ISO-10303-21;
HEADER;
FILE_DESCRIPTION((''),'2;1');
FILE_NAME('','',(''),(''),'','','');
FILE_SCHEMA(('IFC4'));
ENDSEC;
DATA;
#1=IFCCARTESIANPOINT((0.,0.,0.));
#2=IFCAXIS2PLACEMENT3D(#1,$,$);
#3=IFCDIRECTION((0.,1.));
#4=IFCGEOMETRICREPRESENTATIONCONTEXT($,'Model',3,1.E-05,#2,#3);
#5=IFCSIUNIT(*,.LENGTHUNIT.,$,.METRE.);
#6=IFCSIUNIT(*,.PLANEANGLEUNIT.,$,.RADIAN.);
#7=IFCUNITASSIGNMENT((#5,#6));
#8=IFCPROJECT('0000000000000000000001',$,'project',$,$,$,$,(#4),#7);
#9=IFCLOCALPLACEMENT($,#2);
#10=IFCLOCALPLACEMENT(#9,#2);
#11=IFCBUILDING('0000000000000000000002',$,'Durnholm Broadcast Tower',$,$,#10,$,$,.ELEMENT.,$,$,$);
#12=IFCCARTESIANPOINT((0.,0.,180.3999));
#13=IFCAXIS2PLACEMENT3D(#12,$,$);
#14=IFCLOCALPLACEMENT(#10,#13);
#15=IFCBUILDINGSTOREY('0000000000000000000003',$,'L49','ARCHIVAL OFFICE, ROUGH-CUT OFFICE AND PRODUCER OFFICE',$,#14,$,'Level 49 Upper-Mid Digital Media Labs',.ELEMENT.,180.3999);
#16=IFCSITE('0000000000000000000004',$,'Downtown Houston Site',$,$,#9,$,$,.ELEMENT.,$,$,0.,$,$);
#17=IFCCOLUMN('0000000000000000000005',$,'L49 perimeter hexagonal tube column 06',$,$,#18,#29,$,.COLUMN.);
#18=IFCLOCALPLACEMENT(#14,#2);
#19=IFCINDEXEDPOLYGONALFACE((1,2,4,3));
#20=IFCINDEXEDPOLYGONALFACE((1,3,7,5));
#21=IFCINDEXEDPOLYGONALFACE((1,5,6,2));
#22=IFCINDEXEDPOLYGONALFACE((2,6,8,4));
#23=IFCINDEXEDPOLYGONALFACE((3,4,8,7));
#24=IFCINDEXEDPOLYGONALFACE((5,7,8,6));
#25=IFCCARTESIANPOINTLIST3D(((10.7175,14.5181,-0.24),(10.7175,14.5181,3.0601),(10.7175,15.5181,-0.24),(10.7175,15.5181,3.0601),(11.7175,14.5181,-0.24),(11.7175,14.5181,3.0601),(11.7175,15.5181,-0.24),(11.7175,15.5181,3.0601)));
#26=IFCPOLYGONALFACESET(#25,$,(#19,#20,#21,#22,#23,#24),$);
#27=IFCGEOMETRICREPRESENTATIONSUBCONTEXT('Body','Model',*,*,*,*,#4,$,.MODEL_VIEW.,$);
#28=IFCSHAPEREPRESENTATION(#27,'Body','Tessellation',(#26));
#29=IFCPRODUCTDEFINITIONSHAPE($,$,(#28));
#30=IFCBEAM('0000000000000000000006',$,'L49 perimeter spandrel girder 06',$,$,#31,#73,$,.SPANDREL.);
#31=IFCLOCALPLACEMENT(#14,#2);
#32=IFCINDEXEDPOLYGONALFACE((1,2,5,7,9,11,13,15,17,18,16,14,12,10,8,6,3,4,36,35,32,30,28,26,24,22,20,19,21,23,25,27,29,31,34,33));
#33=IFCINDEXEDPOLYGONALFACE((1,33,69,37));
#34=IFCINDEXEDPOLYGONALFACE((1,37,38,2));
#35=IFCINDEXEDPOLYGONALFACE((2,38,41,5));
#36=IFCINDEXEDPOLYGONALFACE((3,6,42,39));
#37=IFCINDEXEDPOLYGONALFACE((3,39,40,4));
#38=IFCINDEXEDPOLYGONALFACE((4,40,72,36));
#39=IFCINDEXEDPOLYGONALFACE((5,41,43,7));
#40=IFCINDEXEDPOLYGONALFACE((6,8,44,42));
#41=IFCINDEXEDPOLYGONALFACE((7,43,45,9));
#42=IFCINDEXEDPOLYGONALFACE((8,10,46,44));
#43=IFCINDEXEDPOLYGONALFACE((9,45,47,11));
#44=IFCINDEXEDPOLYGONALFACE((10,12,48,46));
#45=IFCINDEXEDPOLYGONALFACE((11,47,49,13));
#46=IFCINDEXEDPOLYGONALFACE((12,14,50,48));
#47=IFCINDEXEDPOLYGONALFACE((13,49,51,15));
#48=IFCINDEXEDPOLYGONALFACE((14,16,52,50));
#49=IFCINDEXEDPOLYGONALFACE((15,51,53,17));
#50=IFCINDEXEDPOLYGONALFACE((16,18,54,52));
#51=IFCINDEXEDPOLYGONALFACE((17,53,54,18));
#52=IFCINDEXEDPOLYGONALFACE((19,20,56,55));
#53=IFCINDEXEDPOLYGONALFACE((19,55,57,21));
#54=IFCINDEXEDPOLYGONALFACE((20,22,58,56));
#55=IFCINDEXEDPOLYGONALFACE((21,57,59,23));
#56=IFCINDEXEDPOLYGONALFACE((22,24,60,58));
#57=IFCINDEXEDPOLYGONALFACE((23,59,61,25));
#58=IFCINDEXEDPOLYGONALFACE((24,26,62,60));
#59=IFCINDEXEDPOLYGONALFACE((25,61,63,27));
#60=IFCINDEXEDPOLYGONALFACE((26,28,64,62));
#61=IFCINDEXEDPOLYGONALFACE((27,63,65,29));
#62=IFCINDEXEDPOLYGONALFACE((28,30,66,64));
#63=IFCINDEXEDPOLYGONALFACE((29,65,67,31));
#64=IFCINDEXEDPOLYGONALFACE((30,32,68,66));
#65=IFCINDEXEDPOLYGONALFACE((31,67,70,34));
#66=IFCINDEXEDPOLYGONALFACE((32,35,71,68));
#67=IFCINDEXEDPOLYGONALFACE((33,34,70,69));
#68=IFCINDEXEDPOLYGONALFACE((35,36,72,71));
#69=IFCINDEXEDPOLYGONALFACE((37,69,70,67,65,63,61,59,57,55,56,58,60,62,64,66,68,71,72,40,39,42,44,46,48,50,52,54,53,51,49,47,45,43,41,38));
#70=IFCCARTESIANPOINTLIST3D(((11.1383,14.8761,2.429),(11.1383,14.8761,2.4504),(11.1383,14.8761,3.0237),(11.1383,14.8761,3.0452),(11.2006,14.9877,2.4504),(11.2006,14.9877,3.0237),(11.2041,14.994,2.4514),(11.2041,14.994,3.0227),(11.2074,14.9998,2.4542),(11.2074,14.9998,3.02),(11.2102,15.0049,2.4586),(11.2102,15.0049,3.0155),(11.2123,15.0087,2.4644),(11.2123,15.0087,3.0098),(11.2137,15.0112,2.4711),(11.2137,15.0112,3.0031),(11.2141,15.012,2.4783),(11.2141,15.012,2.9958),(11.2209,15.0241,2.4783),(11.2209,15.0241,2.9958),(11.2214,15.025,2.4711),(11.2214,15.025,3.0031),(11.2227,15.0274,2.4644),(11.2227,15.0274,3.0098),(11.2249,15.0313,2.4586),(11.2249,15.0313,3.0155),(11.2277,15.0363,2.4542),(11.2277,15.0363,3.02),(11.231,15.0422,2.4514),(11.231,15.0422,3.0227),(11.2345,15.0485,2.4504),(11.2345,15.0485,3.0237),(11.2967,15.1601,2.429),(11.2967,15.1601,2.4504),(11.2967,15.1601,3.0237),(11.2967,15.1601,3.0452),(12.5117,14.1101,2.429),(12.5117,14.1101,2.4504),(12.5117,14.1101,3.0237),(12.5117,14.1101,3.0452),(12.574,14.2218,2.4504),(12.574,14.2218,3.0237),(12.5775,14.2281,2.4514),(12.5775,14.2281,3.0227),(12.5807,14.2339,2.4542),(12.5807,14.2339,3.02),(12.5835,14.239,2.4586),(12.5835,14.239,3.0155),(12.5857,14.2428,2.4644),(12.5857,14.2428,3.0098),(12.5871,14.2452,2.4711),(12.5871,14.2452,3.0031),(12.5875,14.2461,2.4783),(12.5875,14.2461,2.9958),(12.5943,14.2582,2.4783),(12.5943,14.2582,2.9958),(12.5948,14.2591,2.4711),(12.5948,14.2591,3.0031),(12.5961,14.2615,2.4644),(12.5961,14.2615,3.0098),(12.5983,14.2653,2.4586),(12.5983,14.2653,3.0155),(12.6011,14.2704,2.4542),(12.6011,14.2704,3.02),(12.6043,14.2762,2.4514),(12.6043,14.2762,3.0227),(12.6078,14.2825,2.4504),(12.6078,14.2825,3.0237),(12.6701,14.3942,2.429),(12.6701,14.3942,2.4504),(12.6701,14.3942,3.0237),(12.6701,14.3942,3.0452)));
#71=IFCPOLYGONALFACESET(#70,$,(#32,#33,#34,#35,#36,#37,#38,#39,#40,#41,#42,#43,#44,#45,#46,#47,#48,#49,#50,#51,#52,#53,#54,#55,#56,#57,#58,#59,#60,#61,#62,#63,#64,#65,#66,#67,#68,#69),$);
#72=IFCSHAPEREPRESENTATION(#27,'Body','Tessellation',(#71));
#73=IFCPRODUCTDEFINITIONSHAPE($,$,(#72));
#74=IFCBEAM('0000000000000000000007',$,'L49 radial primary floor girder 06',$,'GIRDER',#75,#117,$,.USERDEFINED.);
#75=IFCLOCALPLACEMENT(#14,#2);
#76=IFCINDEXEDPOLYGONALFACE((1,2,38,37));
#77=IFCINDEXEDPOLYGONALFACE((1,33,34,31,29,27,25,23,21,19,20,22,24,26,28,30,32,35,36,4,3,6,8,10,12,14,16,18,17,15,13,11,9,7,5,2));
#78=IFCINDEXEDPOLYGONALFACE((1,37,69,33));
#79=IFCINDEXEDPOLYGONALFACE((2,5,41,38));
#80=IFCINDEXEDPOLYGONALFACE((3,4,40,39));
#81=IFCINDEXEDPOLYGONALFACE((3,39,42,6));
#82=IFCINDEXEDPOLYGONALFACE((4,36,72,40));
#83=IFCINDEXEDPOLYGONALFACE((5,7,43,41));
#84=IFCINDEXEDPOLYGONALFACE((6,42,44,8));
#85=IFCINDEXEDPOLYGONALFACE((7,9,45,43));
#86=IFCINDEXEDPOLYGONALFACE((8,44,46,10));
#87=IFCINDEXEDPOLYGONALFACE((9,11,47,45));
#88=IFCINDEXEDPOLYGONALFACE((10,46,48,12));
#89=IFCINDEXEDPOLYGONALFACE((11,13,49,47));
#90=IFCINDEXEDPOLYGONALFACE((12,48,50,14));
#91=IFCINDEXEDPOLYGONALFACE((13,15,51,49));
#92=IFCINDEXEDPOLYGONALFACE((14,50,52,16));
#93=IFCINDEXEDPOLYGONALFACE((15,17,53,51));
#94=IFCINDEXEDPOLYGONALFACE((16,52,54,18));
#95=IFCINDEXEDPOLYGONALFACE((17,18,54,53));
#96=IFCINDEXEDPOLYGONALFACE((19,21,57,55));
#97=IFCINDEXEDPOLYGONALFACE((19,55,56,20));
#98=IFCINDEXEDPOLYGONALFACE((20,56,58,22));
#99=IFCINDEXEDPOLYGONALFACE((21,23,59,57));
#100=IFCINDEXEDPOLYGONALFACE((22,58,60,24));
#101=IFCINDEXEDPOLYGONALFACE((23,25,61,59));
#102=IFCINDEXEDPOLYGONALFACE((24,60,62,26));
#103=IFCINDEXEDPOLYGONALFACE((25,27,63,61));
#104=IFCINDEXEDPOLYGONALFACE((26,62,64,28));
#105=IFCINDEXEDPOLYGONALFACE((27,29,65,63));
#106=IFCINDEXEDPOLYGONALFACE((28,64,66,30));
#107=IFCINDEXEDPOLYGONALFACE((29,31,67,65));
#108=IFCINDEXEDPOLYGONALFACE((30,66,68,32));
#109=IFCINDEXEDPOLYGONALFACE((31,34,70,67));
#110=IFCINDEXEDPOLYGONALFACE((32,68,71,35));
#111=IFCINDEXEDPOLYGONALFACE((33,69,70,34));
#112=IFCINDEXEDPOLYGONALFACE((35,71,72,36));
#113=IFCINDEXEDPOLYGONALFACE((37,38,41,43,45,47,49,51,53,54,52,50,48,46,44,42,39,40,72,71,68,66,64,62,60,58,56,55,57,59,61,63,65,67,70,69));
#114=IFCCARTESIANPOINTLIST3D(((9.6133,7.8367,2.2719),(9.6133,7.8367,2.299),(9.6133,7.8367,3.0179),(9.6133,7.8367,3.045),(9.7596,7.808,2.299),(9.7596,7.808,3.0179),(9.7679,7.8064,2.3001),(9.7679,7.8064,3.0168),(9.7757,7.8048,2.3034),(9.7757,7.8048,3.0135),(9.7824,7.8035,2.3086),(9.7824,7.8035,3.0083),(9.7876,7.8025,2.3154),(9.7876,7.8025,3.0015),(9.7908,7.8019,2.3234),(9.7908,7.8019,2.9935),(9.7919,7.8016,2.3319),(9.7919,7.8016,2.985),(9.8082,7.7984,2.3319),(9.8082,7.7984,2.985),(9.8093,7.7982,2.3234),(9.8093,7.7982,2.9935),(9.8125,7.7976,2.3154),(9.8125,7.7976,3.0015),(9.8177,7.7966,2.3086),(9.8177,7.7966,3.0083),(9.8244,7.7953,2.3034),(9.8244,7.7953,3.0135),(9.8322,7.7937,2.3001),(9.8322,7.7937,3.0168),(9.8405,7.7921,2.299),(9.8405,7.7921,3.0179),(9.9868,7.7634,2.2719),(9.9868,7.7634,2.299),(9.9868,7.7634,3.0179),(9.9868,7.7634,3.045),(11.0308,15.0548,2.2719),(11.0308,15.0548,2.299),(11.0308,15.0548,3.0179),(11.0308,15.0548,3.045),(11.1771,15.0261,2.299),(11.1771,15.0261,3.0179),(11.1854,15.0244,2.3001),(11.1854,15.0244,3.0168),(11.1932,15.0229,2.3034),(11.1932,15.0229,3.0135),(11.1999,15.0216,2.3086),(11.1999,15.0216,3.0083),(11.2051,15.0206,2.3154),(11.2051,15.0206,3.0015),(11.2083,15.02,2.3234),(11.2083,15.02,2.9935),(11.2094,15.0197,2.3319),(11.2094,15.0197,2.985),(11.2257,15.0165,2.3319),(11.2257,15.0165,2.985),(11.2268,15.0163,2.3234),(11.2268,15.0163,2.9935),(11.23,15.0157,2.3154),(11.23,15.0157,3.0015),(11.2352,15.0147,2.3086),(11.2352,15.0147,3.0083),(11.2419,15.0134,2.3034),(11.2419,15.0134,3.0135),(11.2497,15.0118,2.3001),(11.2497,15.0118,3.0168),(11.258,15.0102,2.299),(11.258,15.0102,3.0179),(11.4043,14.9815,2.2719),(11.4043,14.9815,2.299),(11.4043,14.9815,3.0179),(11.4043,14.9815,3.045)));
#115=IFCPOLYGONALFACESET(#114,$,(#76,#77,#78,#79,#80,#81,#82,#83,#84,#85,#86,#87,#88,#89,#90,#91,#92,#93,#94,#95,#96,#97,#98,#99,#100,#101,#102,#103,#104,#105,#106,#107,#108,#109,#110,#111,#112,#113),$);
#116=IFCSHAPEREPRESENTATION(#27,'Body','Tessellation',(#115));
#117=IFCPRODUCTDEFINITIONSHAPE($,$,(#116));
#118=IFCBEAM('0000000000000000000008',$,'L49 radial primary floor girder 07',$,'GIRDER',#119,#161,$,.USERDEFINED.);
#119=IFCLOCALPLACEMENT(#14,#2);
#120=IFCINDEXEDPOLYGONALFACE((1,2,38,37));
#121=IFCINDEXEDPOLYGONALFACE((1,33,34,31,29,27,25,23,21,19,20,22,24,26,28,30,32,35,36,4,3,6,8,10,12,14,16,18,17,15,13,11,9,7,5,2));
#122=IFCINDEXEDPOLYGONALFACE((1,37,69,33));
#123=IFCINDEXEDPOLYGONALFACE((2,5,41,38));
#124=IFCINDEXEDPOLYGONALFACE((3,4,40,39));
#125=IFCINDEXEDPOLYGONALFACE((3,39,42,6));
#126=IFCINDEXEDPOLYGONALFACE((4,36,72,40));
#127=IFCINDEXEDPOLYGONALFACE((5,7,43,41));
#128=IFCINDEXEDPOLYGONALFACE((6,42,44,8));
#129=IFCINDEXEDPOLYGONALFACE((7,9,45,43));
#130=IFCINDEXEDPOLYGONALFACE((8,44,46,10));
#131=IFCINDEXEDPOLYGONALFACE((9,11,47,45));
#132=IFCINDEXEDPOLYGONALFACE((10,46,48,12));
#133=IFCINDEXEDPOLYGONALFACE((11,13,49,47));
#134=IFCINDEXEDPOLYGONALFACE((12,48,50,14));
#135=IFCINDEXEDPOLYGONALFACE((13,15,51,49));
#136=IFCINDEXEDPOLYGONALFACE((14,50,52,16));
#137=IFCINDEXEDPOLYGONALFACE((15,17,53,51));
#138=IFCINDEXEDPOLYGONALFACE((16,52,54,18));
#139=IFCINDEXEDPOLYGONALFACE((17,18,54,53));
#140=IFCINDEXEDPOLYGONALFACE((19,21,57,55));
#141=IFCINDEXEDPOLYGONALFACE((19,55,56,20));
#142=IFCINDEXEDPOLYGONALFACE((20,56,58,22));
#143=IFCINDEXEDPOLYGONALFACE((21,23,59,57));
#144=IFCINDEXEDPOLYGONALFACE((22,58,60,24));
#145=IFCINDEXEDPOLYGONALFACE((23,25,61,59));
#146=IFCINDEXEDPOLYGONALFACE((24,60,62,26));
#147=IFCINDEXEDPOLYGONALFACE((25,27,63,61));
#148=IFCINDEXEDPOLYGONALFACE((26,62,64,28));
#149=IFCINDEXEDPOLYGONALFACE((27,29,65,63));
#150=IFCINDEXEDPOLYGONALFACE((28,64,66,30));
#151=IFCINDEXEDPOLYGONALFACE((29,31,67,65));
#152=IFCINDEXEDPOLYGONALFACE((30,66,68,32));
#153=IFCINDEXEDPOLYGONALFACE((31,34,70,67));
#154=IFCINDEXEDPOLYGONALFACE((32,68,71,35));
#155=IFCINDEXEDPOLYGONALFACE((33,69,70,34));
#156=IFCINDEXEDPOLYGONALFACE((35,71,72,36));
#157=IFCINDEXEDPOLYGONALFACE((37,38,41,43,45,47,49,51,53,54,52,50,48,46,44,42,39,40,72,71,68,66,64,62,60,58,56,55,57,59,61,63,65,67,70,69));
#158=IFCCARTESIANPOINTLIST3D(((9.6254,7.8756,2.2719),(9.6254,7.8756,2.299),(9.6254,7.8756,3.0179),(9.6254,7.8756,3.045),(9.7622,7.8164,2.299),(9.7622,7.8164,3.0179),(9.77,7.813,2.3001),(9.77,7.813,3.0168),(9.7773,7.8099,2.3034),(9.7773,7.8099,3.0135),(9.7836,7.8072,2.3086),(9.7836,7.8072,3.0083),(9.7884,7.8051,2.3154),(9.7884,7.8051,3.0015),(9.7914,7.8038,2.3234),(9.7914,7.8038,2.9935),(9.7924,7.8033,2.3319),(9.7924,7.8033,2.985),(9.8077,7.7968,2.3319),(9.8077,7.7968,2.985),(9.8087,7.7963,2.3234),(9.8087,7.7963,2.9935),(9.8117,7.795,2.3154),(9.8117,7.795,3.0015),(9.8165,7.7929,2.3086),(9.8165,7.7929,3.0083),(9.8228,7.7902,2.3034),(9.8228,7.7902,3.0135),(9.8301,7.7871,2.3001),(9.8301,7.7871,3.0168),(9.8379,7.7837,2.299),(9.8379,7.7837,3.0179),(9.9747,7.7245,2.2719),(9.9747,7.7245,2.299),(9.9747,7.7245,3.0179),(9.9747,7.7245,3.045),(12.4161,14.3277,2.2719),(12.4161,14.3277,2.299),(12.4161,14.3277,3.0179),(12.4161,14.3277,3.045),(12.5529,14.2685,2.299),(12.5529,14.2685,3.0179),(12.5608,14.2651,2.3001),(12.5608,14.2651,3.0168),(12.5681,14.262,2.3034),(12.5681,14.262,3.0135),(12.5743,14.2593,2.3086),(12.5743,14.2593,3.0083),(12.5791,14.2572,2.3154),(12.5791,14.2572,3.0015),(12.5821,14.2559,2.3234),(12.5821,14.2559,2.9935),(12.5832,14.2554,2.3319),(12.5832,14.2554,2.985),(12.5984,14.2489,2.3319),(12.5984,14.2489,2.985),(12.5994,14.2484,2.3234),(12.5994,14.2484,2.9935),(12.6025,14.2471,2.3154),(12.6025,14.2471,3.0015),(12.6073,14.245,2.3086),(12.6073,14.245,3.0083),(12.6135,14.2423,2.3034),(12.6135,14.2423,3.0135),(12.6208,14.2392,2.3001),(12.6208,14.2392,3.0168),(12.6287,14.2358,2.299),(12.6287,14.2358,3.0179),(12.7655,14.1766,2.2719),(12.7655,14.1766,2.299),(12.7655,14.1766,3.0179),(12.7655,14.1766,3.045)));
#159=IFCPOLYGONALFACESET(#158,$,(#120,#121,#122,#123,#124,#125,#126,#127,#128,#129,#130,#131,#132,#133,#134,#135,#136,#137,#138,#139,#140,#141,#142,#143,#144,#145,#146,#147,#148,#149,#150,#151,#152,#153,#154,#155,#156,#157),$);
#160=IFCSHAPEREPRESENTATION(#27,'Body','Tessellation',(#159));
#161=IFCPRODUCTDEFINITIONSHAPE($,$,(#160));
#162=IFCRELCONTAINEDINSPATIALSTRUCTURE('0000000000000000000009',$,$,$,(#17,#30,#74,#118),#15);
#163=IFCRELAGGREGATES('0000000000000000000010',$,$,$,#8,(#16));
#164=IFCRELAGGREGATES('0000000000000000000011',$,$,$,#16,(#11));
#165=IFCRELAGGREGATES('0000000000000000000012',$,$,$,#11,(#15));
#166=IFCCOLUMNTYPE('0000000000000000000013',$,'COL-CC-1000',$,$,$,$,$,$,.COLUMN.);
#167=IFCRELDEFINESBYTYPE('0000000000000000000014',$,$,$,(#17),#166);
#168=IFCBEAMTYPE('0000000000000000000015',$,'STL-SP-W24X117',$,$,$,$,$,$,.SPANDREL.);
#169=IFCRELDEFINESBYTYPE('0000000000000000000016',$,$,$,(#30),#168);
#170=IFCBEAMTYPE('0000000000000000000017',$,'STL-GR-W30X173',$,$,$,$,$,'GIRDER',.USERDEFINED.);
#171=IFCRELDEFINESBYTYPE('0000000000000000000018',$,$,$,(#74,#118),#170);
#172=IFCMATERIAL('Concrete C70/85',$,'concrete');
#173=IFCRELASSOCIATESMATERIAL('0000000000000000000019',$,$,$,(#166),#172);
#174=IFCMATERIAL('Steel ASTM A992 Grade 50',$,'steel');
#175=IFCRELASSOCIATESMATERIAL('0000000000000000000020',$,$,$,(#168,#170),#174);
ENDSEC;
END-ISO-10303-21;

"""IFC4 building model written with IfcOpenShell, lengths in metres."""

from ifc_helpers import new_model, si_unit, direction, frame, origin, origin_2d, place, context, subcontext, project, spatial, rectangle, i_section, extrude, source, transform, mapped, material, material_profile, profile_set, type_object, type_shapes, element, save


model = new_model("IFC4")

# Units and contexts
model_context = context("Model", 3, precision=1e-05, world=origin(), true_north=direction((0.0, 1.0)))
body_context = subcontext(model_context, "Body", "Model", "MODEL_VIEW")
ifc_project = project(units=[si_unit("LENGTHUNIT", "METRE"), si_unit("PLANEANGLEUNIT", "RADIAN")], contexts=[model_context])

# Site, building, storey
site_placement = place(None, origin())
site = spatial("IfcSite", under=ifc_project, at=site_placement, Name="Downtown Houston Site", CompositionType="ELEMENT", RefElevation=0.0)
building_placement = place(site_placement, origin())
building = spatial("IfcBuilding", under=site, at=building_placement, Name="Durnholm Broadcast Tower", CompositionType="ELEMENT")
storey_placement = place(building_placement, frame((0.0, 0.0, 180.3999)))
storey = spatial("IfcBuildingStorey", under=building, at=storey_placement, Name="L49", Description="ARCHIVAL OFFICE, ROUGH-CUT OFFICE AND PRODUCER OFFICE", LongName="Level 49 Upper-Mid Digital Media Labs", CompositionType="ELEMENT", Elevation=180.3999)

# Column
ifc_material_1 = material(Name="Concrete C70/85", Category="concrete")
ifc_material_profile_1 = material_profile(ifc_material_1, rectangle(XDim=1.0, YDim=1.0, at=origin_2d()), Name="RC1000X1000")
ifc_profile_set_1 = profile_set([ifc_material_profile_1], Name="Concrete C70/85")
column_type = type_object("IfcColumnType", Name="COL-CC-1000", PredefinedType="COLUMN", material=ifc_profile_set_1)
shared_shape_1 = source(origin(), body_context, "Body", "SweptSolid", [
    extrude(rectangle(XDim=1.0, YDim=1.0, at=origin_2d()), origin(), (0.0, 0.0, 1.0), 3.3),
])
type_shapes(column_type, [shared_shape_1])
column_placement = place(storey_placement, frame((11.2175, 15.0181, -0.24), z_axis=(0.0, 0.0, 1.0), x_axis=(1.0, 0.0, 0.0)))
element("IfcColumn", 1, at=column_placement, inside=storey, type_object=column_type, Name="L49 perimeter hexagonal tube column 06", PredefinedType="COLUMN", context=body_context, shape_type="MappedRepresentation", body=[
    mapped(shared_shape_1, transform((0.0, 0.0, 0.0), x_axis=(1.0, 0.0, 0.0), y_axis=(0.0, 1.0, 0.0), z_axis=(0.0, 0.0, 1.0), scale=1.0)),
])

# Beams
ifc_material_2 = material(Name="Steel ASTM A992 Grade 50", Category="steel")
ifc_material_profile_2 = material_profile(ifc_material_2, i_section(OverallWidth=0.3252, OverallDepth=0.6162, WebThickness=0.0139, FlangeThickness=0.0215, FilletRadius=0.0278, at=origin_2d()), Name="W24X117")
ifc_profile_set_2 = profile_set([ifc_material_profile_2], Name="Steel ASTM A992 Grade 50")
beam_type_1 = type_object("IfcBeamType", Name="STL-SP-W24X117", PredefinedType="SPANDREL", material=ifc_profile_set_2)
shared_shape_2 = source(origin(), body_context, "Body", "SweptSolid", [
    extrude(i_section(OverallWidth=0.3252, OverallDepth=0.6162, WebThickness=0.0139, FlangeThickness=0.0215, FilletRadius=0.0278, at=origin_2d()), origin(), (0.0, 0.0, 1.0), 1.5725),
])
type_shapes(beam_type_1, [shared_shape_2])
beam_1_placement = place(storey_placement, frame((11.2175, 15.0181, 2.7371), z_axis=(0.873365, -0.487066, 0.0), x_axis=(0.487066, 0.873365, 0.0)))
element("IfcBeam", 2, at=beam_1_placement, inside=storey, type_object=beam_type_1, Name="L49 perimeter spandrel girder 06", PredefinedType="SPANDREL", context=body_context, shape_type="MappedRepresentation", body=[
    mapped(shared_shape_2, transform((0.0, 0.0, 0.0), x_axis=(1.0, 0.0, 0.0), y_axis=(0.0, 1.0, 0.0), z_axis=(0.0, 0.0, 1.0), scale=1.0)),
])
ifc_material_profile_3 = material_profile(ifc_material_2, i_section(OverallWidth=0.3806, OverallDepth=0.7732, WebThickness=0.0166, FlangeThickness=0.0271, FilletRadius=0.033, at=origin_2d()), Name="W30X173")
ifc_profile_set_3 = profile_set([ifc_material_profile_3], Name="Steel ASTM A992 Grade 50")
beam_type_2 = type_object("IfcBeamType", Name="STL-GR-W30X173", ElementType="GIRDER", PredefinedType="USERDEFINED", material=ifc_profile_set_3)
shared_shape_3 = source(origin(), body_context, "Body", "SweptSolid", [
    extrude(i_section(OverallWidth=0.3806, OverallDepth=0.7732, WebThickness=0.0166, FlangeThickness=0.0271, FilletRadius=0.033, at=origin_2d()), origin(), (0.0, 0.0, 1.0), 7.356),
])
beam_2_placement = place(storey_placement, frame((9.8, 7.8, 2.6584), z_axis=(0.1927, 0.981258, 0.0), x_axis=(-0.981258, 0.1927, 0.0)))
element("IfcBeam", 3, at=beam_2_placement, inside=storey, type_object=beam_type_2, Name="L49 radial primary floor girder 06", ObjectType="GIRDER", PredefinedType="USERDEFINED", context=body_context, shape_type="MappedRepresentation", body=[
    mapped(shared_shape_3, transform((0.0, 0.0, 0.0), x_axis=(1.0, 0.0, 0.0), y_axis=(0.0, 1.0, 0.0), z_axis=(0.0, 0.0, 1.0), scale=1.0)),
])
shared_shape_4 = source(origin(), body_context, "Body", "SweptSolid", [
    extrude(i_section(OverallWidth=0.3806, OverallDepth=0.7732, WebThickness=0.0166, FlangeThickness=0.0271, FilletRadius=0.033, at=origin_2d()), origin(), (0.0, 0.0, 1.0), 7.0298),
])
type_shapes(beam_type_2, [shared_shape_3, shared_shape_4])
beam_3_placement = place(storey_placement, frame((9.8, 7.8, 2.6584), z_axis=(0.396989, 0.917823, 0.0), x_axis=(-0.917823, 0.396989, 0.0)))
element("IfcBeam", 4, at=beam_3_placement, inside=storey, type_object=beam_type_2, Name="L49 radial primary floor girder 07", ObjectType="GIRDER", PredefinedType="USERDEFINED", context=body_context, shape_type="MappedRepresentation", body=[
    mapped(shared_shape_4, transform((0.0, 0.0, 0.0), x_axis=(1.0, 0.0, 0.0), y_axis=(0.0, 1.0, 0.0), z_axis=(0.0, 0.0, 1.0), scale=1.0)),
])

save(model, "model.ifc")
